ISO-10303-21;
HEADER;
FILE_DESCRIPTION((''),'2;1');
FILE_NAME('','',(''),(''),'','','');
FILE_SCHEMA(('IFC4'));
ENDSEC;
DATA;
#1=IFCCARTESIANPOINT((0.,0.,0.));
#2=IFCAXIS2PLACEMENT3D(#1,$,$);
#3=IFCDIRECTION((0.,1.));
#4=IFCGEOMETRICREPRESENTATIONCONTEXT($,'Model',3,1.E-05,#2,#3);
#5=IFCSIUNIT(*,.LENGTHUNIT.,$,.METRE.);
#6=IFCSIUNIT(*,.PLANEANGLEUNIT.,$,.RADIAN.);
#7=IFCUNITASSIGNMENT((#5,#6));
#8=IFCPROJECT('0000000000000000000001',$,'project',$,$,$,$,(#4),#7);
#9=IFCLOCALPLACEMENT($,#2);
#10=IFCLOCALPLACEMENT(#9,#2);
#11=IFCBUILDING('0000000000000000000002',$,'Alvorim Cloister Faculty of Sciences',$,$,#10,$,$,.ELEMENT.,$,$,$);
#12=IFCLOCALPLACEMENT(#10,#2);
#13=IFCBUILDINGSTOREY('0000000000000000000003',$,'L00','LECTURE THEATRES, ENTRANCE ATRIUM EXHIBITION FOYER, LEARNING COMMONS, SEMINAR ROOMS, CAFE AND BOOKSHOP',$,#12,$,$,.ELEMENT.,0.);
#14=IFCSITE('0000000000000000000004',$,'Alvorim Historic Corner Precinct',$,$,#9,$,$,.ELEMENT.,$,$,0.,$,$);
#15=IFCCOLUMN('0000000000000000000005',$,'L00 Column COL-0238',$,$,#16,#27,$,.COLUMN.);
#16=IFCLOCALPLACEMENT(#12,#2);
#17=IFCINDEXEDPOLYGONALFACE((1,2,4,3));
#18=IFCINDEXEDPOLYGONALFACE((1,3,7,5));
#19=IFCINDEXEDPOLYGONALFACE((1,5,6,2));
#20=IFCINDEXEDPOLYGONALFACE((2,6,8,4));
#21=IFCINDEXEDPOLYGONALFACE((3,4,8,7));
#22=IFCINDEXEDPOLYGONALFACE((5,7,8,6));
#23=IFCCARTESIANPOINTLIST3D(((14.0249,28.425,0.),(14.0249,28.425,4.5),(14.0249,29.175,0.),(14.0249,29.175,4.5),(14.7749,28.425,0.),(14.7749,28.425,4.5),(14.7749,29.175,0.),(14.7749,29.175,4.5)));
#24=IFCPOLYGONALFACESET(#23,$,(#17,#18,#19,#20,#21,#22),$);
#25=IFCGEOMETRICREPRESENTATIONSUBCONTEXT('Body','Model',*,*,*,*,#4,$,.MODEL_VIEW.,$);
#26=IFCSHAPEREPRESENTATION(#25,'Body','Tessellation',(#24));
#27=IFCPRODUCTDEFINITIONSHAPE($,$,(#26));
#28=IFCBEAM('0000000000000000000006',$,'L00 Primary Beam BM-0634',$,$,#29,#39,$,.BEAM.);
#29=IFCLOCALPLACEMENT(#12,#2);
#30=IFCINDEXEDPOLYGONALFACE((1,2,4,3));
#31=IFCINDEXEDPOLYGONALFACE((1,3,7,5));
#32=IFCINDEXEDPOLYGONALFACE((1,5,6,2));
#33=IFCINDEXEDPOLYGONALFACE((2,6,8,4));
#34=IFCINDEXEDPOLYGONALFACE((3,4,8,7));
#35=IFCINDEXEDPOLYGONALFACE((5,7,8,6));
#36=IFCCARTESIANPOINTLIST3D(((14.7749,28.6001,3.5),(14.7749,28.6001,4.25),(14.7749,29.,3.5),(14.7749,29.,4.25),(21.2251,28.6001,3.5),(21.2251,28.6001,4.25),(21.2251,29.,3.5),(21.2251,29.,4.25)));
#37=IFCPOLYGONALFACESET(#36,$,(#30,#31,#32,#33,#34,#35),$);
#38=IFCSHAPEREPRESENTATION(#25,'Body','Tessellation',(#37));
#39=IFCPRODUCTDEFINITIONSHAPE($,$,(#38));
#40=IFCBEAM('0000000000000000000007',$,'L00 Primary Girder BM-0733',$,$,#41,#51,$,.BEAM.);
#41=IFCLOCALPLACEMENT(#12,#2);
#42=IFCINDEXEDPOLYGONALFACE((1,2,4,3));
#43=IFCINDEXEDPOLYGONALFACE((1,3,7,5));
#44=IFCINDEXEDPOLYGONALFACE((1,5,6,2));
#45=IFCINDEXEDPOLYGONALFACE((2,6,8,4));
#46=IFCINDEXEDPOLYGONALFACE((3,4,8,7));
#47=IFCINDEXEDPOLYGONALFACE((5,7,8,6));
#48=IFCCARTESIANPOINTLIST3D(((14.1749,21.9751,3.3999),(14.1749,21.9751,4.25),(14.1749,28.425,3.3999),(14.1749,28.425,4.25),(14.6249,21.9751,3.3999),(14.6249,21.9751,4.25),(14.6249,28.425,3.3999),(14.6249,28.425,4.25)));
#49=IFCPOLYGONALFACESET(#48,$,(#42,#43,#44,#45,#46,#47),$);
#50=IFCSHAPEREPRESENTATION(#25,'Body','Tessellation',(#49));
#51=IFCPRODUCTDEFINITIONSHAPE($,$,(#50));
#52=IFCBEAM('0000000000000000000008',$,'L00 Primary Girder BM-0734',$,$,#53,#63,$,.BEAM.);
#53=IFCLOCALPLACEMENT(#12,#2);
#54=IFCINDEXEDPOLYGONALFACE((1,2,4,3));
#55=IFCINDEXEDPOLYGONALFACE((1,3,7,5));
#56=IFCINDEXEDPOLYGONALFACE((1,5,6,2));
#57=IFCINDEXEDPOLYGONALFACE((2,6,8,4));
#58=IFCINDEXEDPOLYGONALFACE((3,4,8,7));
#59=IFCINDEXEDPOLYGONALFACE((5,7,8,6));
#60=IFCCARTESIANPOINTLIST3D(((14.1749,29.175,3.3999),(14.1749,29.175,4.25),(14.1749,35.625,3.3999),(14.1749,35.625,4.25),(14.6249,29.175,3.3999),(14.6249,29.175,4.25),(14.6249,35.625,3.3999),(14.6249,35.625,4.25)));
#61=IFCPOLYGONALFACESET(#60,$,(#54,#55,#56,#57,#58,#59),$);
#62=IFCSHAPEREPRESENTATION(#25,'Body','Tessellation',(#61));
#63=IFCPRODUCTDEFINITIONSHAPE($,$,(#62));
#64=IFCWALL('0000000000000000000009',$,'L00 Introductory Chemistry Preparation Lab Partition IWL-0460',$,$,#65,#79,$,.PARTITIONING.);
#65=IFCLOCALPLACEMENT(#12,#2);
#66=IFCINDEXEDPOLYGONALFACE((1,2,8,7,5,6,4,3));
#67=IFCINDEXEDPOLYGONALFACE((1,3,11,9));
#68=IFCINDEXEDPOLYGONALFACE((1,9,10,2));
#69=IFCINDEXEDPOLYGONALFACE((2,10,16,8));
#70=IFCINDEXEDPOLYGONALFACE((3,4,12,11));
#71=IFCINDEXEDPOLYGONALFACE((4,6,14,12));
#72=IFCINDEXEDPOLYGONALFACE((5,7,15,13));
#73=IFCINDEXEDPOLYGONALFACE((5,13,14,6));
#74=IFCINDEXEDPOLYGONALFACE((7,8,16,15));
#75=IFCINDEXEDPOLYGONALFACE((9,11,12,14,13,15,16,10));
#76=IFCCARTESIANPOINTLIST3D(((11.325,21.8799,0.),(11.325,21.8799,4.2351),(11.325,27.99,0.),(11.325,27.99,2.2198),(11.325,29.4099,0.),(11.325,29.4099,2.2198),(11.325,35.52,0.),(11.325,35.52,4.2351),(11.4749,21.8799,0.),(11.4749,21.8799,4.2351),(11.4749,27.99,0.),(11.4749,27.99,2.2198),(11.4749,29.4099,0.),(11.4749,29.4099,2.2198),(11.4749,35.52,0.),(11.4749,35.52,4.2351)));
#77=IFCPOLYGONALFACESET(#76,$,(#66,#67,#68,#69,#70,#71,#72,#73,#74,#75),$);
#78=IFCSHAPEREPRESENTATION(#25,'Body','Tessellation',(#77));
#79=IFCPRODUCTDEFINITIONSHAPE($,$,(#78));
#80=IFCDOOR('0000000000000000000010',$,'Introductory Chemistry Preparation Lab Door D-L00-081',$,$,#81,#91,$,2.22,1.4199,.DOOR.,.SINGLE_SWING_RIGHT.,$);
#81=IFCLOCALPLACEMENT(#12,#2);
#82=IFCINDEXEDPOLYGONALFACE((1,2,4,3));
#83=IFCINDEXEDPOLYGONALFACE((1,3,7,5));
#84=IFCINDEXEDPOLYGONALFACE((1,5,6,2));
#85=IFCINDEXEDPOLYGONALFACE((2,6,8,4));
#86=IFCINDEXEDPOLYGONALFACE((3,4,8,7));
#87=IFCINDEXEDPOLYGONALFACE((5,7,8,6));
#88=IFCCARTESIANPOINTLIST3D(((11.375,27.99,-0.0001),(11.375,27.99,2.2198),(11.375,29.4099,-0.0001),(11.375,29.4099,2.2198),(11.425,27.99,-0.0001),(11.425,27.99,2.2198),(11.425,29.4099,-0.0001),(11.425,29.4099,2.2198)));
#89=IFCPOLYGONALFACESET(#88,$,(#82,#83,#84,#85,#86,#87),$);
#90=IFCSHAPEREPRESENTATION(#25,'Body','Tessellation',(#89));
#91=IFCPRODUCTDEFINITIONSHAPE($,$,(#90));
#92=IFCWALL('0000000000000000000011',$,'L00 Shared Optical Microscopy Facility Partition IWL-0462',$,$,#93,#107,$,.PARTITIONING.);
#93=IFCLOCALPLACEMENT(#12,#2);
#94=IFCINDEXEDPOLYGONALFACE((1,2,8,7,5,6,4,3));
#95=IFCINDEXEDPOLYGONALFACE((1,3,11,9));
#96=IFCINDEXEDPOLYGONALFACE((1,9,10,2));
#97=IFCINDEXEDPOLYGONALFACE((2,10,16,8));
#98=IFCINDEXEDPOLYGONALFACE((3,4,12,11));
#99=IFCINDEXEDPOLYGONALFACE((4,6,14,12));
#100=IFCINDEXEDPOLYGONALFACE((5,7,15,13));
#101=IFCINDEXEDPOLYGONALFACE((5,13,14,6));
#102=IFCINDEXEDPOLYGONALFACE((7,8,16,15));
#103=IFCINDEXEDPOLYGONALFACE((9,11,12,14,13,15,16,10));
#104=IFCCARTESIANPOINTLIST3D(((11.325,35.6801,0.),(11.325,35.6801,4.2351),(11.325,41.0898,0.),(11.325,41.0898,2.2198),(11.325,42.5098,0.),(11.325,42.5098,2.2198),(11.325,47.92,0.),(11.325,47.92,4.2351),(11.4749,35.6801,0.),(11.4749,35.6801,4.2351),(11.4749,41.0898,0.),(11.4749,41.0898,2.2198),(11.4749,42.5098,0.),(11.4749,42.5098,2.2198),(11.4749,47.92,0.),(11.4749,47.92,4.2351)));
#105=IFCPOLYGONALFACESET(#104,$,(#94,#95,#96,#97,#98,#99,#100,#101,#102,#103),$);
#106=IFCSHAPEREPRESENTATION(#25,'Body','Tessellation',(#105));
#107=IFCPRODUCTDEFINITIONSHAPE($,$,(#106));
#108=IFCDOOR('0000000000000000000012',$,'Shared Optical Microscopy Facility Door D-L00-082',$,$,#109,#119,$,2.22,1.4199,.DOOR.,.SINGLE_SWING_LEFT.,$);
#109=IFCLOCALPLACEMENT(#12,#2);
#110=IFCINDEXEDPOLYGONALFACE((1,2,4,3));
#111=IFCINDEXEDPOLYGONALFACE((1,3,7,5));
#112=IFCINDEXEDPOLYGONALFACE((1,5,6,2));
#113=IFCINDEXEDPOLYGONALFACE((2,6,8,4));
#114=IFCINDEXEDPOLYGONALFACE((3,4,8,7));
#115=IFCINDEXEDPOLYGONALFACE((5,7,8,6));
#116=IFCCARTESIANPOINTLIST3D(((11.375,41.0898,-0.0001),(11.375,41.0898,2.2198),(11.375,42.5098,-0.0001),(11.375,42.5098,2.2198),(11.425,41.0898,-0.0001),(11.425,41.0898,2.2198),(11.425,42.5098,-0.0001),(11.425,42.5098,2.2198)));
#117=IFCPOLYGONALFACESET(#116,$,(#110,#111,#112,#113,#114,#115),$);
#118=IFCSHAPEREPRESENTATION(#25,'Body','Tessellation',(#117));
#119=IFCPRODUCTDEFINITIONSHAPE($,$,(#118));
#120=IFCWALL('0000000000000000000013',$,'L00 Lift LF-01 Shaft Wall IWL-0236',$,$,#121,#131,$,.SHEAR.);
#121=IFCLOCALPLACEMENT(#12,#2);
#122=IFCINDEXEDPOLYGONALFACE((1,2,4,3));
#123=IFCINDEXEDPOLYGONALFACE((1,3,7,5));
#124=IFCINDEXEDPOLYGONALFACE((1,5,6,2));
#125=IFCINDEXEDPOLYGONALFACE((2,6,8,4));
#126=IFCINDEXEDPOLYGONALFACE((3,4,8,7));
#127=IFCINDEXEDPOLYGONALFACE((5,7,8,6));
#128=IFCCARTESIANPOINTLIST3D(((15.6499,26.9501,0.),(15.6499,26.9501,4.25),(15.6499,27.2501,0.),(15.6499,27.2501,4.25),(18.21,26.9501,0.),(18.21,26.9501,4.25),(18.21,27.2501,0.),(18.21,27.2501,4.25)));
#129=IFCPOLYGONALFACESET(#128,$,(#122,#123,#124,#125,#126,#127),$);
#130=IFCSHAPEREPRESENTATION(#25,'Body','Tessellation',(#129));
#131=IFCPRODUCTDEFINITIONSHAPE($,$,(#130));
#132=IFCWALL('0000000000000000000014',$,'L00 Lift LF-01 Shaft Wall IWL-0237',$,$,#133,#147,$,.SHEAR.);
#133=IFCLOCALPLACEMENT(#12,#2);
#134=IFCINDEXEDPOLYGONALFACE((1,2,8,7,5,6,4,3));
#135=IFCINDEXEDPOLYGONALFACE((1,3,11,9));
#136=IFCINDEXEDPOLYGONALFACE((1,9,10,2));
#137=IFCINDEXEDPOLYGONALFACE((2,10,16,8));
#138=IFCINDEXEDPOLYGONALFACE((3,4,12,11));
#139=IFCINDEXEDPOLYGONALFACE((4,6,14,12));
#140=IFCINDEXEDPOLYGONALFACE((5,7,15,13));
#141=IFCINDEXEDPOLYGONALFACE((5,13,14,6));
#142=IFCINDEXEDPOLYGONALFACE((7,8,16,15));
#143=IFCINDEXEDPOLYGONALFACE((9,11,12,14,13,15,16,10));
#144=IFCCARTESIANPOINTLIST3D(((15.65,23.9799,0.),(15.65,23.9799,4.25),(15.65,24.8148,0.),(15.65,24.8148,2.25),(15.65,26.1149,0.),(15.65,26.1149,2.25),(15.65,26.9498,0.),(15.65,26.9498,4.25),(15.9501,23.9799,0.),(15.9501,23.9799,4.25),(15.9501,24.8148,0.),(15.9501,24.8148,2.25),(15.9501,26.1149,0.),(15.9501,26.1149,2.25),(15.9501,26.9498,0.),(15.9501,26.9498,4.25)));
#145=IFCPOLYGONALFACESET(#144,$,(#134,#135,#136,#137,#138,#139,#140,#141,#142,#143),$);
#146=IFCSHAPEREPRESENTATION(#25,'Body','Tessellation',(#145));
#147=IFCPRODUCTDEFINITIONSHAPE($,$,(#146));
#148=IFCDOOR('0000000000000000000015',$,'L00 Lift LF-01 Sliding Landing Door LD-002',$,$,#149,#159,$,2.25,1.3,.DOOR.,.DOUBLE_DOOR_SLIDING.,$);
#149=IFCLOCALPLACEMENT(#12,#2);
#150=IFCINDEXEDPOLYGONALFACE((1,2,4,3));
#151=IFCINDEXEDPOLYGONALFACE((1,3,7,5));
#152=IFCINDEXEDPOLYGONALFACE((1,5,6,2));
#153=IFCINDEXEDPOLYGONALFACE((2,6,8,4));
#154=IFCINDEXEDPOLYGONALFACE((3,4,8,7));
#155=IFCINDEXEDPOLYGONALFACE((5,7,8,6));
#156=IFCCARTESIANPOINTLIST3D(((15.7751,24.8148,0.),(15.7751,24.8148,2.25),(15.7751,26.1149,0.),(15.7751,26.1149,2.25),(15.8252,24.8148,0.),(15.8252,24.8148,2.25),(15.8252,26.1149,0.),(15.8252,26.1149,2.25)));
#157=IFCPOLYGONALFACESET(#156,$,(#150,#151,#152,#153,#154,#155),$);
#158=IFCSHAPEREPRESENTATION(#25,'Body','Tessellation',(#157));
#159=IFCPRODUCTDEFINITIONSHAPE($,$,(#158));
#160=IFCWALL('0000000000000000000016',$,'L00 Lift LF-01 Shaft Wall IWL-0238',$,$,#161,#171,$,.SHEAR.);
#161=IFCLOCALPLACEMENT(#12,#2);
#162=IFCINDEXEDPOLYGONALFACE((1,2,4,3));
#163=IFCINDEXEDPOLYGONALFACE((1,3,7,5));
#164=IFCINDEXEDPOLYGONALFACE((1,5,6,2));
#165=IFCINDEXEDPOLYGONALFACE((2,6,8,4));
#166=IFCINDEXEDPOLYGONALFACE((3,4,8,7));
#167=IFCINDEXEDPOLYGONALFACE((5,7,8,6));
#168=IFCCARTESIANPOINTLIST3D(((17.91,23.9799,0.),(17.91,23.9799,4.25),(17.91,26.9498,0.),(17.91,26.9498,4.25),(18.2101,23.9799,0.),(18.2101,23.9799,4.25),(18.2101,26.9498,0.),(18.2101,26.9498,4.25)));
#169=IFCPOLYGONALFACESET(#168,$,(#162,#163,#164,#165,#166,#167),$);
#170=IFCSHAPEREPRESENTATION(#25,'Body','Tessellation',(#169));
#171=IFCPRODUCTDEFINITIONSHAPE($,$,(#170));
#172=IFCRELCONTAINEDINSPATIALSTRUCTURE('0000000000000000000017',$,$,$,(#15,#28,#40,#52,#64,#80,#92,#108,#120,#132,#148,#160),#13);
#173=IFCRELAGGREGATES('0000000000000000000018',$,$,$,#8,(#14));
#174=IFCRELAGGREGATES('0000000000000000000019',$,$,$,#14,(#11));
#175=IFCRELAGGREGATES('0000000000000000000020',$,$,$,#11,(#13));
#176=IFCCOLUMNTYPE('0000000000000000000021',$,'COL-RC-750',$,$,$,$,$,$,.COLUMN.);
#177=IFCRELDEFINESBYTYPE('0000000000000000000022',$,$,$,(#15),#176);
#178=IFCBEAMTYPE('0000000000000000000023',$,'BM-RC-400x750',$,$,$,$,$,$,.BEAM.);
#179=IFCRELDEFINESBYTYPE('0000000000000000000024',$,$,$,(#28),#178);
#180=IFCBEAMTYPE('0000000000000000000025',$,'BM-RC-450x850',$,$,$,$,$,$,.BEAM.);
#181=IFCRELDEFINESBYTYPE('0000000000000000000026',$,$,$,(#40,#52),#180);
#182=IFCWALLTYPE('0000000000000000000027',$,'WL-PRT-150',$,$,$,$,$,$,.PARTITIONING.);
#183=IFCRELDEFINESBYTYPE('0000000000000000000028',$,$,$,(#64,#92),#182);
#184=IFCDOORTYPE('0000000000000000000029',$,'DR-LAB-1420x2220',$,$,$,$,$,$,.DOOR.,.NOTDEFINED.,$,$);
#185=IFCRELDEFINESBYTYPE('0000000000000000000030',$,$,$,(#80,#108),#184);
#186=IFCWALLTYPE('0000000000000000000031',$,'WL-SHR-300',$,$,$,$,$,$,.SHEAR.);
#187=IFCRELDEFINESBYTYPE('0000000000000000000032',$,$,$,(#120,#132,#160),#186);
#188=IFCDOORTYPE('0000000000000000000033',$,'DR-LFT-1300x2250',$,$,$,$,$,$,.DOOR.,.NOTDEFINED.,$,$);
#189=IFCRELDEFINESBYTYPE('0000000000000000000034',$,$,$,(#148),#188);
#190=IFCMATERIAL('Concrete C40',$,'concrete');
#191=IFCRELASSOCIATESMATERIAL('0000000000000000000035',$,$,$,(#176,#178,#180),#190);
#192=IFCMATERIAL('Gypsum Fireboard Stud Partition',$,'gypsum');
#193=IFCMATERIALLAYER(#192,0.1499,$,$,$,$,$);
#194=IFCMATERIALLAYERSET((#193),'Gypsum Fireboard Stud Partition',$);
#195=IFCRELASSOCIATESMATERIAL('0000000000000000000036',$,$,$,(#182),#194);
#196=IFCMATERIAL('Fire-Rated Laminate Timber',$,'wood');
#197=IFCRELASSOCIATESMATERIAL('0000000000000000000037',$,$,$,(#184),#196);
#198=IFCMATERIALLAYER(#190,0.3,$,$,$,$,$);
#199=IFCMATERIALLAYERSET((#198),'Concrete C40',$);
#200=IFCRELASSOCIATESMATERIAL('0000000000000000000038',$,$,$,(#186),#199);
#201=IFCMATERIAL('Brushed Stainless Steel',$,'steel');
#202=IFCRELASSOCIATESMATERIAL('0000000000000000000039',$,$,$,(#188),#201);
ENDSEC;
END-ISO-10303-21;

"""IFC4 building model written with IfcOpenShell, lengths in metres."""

from ifc_helpers import new_model, si_unit, direction, frame, frame_2d, origin, origin_2d, place, context, subcontext, project, spatial, rectangle, extrude, material, layer, layer_set, material_profile, profile_set, type_object, element, fill, save


model = new_model("IFC4")

# Units and contexts
model_context = context("Model", 3, precision=1e-05, world=origin(), true_north=direction((0.0, 1.0)))
body_context = subcontext(model_context, "Body", "Model", "MODEL_VIEW")
ifc_project = project(units=[si_unit("LENGTHUNIT", "METRE"), si_unit("PLANEANGLEUNIT", "RADIAN")], contexts=[model_context])

# Site, building, storey
site_placement = place(None, origin())
site = spatial("IfcSite", under=ifc_project, at=site_placement, Name="Alvorim Historic Corner Precinct", CompositionType="ELEMENT", RefElevation=0.0)
building_placement = place(site_placement, origin())
building = spatial("IfcBuilding", under=site, at=building_placement, Name="Alvorim Cloister Faculty of Sciences", CompositionType="ELEMENT")
storey_placement = place(building_placement, origin())
storey = spatial("IfcBuildingStorey", under=building, at=storey_placement, Name="L00", Description="LECTURE THEATRES, ENTRANCE ATRIUM EXHIBITION FOYER, LEARNING COMMONS, SEMINAR ROOMS, CAFE AND BOOKSHOP", CompositionType="ELEMENT", Elevation=0.0)

# Column
ifc_material_1 = material(Name="Concrete C40", Category="concrete")
ifc_material_profile_1 = material_profile(ifc_material_1, rectangle(XDim=0.75, YDim=0.75, at=origin_2d()), Name="RC40-COL-750x750")
ifc_profile_set_1 = profile_set([ifc_material_profile_1], Name="Concrete C40")
column_type = type_object("IfcColumnType", Name="COL-RC-750", PredefinedType="COLUMN", material=ifc_profile_set_1)
column_placement = place(storey_placement, frame((14.3999, 28.8, 0.0), z_axis=(0.0, 0.0, 1.0), x_axis=(1.0, 0.0, 0.0)))
element("IfcColumn", 1, at=column_placement, inside=storey, type_object=column_type, Name="L00 Column COL-0238", PredefinedType="COLUMN", context=body_context, shape_type="SweptSolid", body=[
    extrude(rectangle(XDim=0.75, YDim=0.75, at=origin_2d()), origin(), (0.0, 0.0, 1.0), 4.5),
])

# Beams
ifc_material_profile_2 = material_profile(ifc_material_1, rectangle(XDim=0.3999, YDim=0.75, at=origin_2d()), Name="RC40-BM-400x750")
ifc_profile_set_2 = profile_set([ifc_material_profile_2], Name="Concrete C40")
beam_type_1 = type_object("IfcBeamType", Name="BM-RC-400x750", PredefinedType="BEAM", material=ifc_profile_set_2)
beam_placement = place(storey_placement, frame((14.7749, 28.8, 3.875), z_axis=(1.0, 0.0, 0.0), x_axis=(0.0, 1.0, 0.0)))
element("IfcBeam", 2, at=beam_placement, inside=storey, type_object=beam_type_1, Name="L00 Primary Beam BM-0634", PredefinedType="BEAM", context=body_context, shape_type="SweptSolid", body=[
    extrude(rectangle(XDim=0.3999, YDim=0.75, at=origin_2d()), origin(), (0.0, 0.0, 1.0), 6.4502),
])
ifc_material_profile_3 = material_profile(ifc_material_1, rectangle(XDim=0.45, YDim=0.8501, at=origin_2d()), Name="RC40-BM-450x850")
ifc_profile_set_3 = profile_set([ifc_material_profile_3], Name="Concrete C40")
beam_type_2 = type_object("IfcBeamType", Name="BM-RC-450x850", PredefinedType="BEAM", material=ifc_profile_set_3)
for number, where, z_axis, x_axis, name in (
    (3, (14.3999, 21.9751, 3.825), (0.0, 1.0, 0.0), (-1.0, 0.0, 0.0), "L00 Primary Girder BM-0733"),
    (4, (14.3999, 29.175, 3.825), (0.0, 1.0, 0.0), (-1.0, 0.0, 0.0), "L00 Primary Girder BM-0734"),
):
    element("IfcBeam", number, at=place(storey_placement, frame(where, z_axis=z_axis, x_axis=x_axis)), inside=storey, type_object=beam_type_2, Name=name, PredefinedType="BEAM", context=body_context, shape_type="SweptSolid", body=[
        extrude(rectangle(XDim=0.45, YDim=0.8501, at=origin_2d()), origin(), (0.0, 0.0, 1.0), 6.45),
    ])

# Walls, openings, doors
ifc_material_2 = material(Name="Gypsum Fireboard Stud Partition", Category="gypsum")
ifc_layer_1 = layer(ifc_material_2, 0.1499)
ifc_layer_set_1 = layer_set([ifc_layer_1], Name="Gypsum Fireboard Stud Partition")
wall_type_1 = type_object("IfcWallType", Name="WL-PRT-150", PredefinedType="PARTITIONING", material=ifc_layer_set_1)
wall_1_placement = place(storey_placement, frame((11.3999, 21.8799, 0.0), z_axis=(0.0, 0.0, 1.0), x_axis=(0.0, 1.0, 0.0)))
wall_1 = element("IfcWall", 5, at=wall_1_placement, inside=storey, type_object=wall_type_1, Name="L00 Introductory Chemistry Preparation Lab Partition IWL-0460", PredefinedType="PARTITIONING", context=body_context, shape_type="SweptSolid", body=[
    extrude(rectangle(XDim=13.6401, YDim=0.1499, at=frame_2d((6.8201, 0.0))), origin(), (0.0, 0.0, 1.0), 4.2351),
])
opening_1_placement = place(wall_1_placement, frame((6.1101, 0.0, 0.0)))
opening_1 = element("IfcOpeningElement", 6, at=opening_1_placement, cuts=wall_1, PredefinedType="OPENING", context=body_context, shape_type="SweptSolid", body=[
    extrude(rectangle(XDim=1.4199, YDim=2.22, at=frame_2d((0.71, 1.1099))), frame((0.0, 0.0869, 0.0), z_axis=(0.0, -1.0, 0.0), x_axis=(1.0, 0.0, 0.0)), (0.0, 0.0, 1.0), 0.1738),
])
ifc_material_3 = material(Name="Fire-Rated Laminate Timber", Category="wood")
door_type_1 = type_object("IfcDoorType", Name="DR-LAB-1420x2220", OperationType="NOTDEFINED", PredefinedType="DOOR", material=ifc_material_3)
door_1_placement = place(opening_1_placement, origin())
door_1 = element("IfcDoor", 7, at=door_1_placement, inside=storey, type_object=door_type_1, Name="Introductory Chemistry Preparation Lab Door D-L00-081", OperationType="SINGLE_SWING_RIGHT", OverallHeight=2.22, OverallWidth=1.4199, PredefinedType="DOOR", context=body_context, shape_type="SweptSolid", body=[
    extrude(rectangle(XDim=1.4199, YDim=2.22, at=frame_2d((0.71, 1.1099))), frame((0.0, 0.0249, 0.0), z_axis=(0.0, -1.0, 0.0), x_axis=(1.0, 0.0, 0.0)), (0.0, 0.0, 1.0), 0.05),
])
fill(opening_1, door_1)
wall_2_placement = place(storey_placement, frame((11.3999, 35.6799, 0.0), z_axis=(0.0, 0.0, 1.0), x_axis=(0.0, 1.0, 0.0)))
wall_2 = element("IfcWall", 8, at=wall_2_placement, inside=storey, type_object=wall_type_1, Name="L00 Shared Optical Microscopy Facility Partition IWL-0462", PredefinedType="PARTITIONING", context=body_context, shape_type="SweptSolid", body=[
    extrude(rectangle(XDim=12.24, YDim=0.1499, at=frame_2d((6.1201, 0.0))), origin(), (0.0, 0.0, 1.0), 4.2351),
])
opening_2_placement = place(wall_2_placement, frame((5.4099, 0.0, 0.0)))
opening_2 = element("IfcOpeningElement", 9, at=opening_2_placement, cuts=wall_2, PredefinedType="OPENING", context=body_context, shape_type="SweptSolid", body=[
    extrude(rectangle(XDim=1.4199, YDim=2.22, at=frame_2d((0.71, 1.1099))), frame((0.0, 0.0869, 0.0), z_axis=(0.0, -1.0, 0.0), x_axis=(1.0, 0.0, 0.0)), (0.0, 0.0, 1.0), 0.1738),
])
door_2_placement = place(opening_2_placement, origin())
door_2 = element("IfcDoor", 10, at=door_2_placement, inside=storey, type_object=door_type_1, Name="Shared Optical Microscopy Facility Door D-L00-082", OperationType="SINGLE_SWING_LEFT", OverallHeight=2.22, OverallWidth=1.4199, PredefinedType="DOOR", context=body_context, shape_type="SweptSolid", body=[
    extrude(rectangle(XDim=1.4199, YDim=2.22, at=frame_2d((0.71, 1.1099))), frame((0.0, 0.0249, 0.0), z_axis=(0.0, -1.0, 0.0), x_axis=(1.0, 0.0, 0.0)), (0.0, 0.0, 1.0), 0.05),
])
fill(opening_2, door_2)

# Wall
ifc_layer_2 = layer(ifc_material_1, 0.3)
ifc_layer_set_2 = layer_set([ifc_layer_2], Name="Concrete C40")
wall_type_2 = type_object("IfcWallType", Name="WL-SHR-300", PredefinedType="SHEAR", material=ifc_layer_set_2)
wall_3_placement = place(storey_placement, frame((15.6499, 27.1001, 0.0), z_axis=(0.0, 0.0, 1.0), x_axis=(1.0, 0.0, 0.0)))
element("IfcWall", 11, at=wall_3_placement, inside=storey, type_object=wall_type_2, Name="L00 Lift LF-01 Shaft Wall IWL-0236", PredefinedType="SHEAR", context=body_context, shape_type="SweptSolid", body=[
    extrude(rectangle(XDim=2.5601, YDim=0.3, at=frame_2d((1.28, 0.0))), origin(), (0.0, 0.0, 1.0), 4.25),
])

# Wall, opening, door
wall_4_placement = place(storey_placement, frame((15.8, 23.98, 0.0), z_axis=(0.0, 0.0, 1.0), x_axis=(0.0, 1.0, 0.0)))
wall_4 = element("IfcWall", 12, at=wall_4_placement, inside=storey, type_object=wall_type_2, Name="L00 Lift LF-01 Shaft Wall IWL-0237", PredefinedType="SHEAR", context=body_context, shape_type="SweptSolid", body=[
    extrude(rectangle(XDim=2.97, YDim=0.3, at=frame_2d((1.4849, 0.0))), origin(), (0.0, 0.0, 1.0), 4.25),
])
opening_3_placement = place(wall_4_placement, frame((0.835, 0.0, 0.0)))
opening_3 = element("IfcOpeningElement", 13, at=opening_3_placement, cuts=wall_4, PredefinedType="OPENING", context=body_context, shape_type="SweptSolid", body=[
    extrude(rectangle(XDim=1.3, YDim=2.25, at=frame_2d((0.6499, 1.125))), frame((0.0, 0.1621, 0.0), z_axis=(0.0, -1.0, 0.0), x_axis=(1.0, 0.0, 0.0)), (0.0, 0.0, 1.0), 0.324),
])
ifc_material_4 = material(Name="Brushed Stainless Steel", Category="steel")
door_type_2 = type_object("IfcDoorType", Name="DR-LFT-1300x2250", OperationType="NOTDEFINED", PredefinedType="DOOR", material=ifc_material_4)
door_3_placement = place(opening_3_placement, origin())
door_3 = element("IfcDoor", 14, at=door_3_placement, inside=storey, type_object=door_type_2, Name="L00 Lift LF-01 Sliding Landing Door LD-002", OperationType="DOUBLE_DOOR_SLIDING", OverallHeight=2.25, OverallWidth=1.3, PredefinedType="DOOR", context=body_context, shape_type="SweptSolid", body=[
    extrude(rectangle(XDim=1.3, YDim=2.25, at=frame_2d((0.6499, 1.125))), frame((0.0, 0.0249, 0.0), z_axis=(0.0, -1.0, 0.0), x_axis=(1.0, 0.0, 0.0)), (0.0, 0.0, 1.0), 0.05),
])
fill(opening_3, door_3)

# Wall
wall_5_placement = place(storey_placement, frame((18.0601, 23.98, 0.0), z_axis=(0.0, 0.0, 1.0), x_axis=(0.0, 1.0, 0.0)))
element("IfcWall", 15, at=wall_5_placement, inside=storey, type_object=wall_type_2, Name="L00 Lift LF-01 Shaft Wall IWL-0238", PredefinedType="SHEAR", context=body_context, shape_type="SweptSolid", body=[
    extrude(rectangle(XDim=2.97, YDim=0.3, at=frame_2d((1.4849, 0.0))), origin(), (0.0, 0.0, 1.0), 4.25),
])

save(model, "model.ifc")
